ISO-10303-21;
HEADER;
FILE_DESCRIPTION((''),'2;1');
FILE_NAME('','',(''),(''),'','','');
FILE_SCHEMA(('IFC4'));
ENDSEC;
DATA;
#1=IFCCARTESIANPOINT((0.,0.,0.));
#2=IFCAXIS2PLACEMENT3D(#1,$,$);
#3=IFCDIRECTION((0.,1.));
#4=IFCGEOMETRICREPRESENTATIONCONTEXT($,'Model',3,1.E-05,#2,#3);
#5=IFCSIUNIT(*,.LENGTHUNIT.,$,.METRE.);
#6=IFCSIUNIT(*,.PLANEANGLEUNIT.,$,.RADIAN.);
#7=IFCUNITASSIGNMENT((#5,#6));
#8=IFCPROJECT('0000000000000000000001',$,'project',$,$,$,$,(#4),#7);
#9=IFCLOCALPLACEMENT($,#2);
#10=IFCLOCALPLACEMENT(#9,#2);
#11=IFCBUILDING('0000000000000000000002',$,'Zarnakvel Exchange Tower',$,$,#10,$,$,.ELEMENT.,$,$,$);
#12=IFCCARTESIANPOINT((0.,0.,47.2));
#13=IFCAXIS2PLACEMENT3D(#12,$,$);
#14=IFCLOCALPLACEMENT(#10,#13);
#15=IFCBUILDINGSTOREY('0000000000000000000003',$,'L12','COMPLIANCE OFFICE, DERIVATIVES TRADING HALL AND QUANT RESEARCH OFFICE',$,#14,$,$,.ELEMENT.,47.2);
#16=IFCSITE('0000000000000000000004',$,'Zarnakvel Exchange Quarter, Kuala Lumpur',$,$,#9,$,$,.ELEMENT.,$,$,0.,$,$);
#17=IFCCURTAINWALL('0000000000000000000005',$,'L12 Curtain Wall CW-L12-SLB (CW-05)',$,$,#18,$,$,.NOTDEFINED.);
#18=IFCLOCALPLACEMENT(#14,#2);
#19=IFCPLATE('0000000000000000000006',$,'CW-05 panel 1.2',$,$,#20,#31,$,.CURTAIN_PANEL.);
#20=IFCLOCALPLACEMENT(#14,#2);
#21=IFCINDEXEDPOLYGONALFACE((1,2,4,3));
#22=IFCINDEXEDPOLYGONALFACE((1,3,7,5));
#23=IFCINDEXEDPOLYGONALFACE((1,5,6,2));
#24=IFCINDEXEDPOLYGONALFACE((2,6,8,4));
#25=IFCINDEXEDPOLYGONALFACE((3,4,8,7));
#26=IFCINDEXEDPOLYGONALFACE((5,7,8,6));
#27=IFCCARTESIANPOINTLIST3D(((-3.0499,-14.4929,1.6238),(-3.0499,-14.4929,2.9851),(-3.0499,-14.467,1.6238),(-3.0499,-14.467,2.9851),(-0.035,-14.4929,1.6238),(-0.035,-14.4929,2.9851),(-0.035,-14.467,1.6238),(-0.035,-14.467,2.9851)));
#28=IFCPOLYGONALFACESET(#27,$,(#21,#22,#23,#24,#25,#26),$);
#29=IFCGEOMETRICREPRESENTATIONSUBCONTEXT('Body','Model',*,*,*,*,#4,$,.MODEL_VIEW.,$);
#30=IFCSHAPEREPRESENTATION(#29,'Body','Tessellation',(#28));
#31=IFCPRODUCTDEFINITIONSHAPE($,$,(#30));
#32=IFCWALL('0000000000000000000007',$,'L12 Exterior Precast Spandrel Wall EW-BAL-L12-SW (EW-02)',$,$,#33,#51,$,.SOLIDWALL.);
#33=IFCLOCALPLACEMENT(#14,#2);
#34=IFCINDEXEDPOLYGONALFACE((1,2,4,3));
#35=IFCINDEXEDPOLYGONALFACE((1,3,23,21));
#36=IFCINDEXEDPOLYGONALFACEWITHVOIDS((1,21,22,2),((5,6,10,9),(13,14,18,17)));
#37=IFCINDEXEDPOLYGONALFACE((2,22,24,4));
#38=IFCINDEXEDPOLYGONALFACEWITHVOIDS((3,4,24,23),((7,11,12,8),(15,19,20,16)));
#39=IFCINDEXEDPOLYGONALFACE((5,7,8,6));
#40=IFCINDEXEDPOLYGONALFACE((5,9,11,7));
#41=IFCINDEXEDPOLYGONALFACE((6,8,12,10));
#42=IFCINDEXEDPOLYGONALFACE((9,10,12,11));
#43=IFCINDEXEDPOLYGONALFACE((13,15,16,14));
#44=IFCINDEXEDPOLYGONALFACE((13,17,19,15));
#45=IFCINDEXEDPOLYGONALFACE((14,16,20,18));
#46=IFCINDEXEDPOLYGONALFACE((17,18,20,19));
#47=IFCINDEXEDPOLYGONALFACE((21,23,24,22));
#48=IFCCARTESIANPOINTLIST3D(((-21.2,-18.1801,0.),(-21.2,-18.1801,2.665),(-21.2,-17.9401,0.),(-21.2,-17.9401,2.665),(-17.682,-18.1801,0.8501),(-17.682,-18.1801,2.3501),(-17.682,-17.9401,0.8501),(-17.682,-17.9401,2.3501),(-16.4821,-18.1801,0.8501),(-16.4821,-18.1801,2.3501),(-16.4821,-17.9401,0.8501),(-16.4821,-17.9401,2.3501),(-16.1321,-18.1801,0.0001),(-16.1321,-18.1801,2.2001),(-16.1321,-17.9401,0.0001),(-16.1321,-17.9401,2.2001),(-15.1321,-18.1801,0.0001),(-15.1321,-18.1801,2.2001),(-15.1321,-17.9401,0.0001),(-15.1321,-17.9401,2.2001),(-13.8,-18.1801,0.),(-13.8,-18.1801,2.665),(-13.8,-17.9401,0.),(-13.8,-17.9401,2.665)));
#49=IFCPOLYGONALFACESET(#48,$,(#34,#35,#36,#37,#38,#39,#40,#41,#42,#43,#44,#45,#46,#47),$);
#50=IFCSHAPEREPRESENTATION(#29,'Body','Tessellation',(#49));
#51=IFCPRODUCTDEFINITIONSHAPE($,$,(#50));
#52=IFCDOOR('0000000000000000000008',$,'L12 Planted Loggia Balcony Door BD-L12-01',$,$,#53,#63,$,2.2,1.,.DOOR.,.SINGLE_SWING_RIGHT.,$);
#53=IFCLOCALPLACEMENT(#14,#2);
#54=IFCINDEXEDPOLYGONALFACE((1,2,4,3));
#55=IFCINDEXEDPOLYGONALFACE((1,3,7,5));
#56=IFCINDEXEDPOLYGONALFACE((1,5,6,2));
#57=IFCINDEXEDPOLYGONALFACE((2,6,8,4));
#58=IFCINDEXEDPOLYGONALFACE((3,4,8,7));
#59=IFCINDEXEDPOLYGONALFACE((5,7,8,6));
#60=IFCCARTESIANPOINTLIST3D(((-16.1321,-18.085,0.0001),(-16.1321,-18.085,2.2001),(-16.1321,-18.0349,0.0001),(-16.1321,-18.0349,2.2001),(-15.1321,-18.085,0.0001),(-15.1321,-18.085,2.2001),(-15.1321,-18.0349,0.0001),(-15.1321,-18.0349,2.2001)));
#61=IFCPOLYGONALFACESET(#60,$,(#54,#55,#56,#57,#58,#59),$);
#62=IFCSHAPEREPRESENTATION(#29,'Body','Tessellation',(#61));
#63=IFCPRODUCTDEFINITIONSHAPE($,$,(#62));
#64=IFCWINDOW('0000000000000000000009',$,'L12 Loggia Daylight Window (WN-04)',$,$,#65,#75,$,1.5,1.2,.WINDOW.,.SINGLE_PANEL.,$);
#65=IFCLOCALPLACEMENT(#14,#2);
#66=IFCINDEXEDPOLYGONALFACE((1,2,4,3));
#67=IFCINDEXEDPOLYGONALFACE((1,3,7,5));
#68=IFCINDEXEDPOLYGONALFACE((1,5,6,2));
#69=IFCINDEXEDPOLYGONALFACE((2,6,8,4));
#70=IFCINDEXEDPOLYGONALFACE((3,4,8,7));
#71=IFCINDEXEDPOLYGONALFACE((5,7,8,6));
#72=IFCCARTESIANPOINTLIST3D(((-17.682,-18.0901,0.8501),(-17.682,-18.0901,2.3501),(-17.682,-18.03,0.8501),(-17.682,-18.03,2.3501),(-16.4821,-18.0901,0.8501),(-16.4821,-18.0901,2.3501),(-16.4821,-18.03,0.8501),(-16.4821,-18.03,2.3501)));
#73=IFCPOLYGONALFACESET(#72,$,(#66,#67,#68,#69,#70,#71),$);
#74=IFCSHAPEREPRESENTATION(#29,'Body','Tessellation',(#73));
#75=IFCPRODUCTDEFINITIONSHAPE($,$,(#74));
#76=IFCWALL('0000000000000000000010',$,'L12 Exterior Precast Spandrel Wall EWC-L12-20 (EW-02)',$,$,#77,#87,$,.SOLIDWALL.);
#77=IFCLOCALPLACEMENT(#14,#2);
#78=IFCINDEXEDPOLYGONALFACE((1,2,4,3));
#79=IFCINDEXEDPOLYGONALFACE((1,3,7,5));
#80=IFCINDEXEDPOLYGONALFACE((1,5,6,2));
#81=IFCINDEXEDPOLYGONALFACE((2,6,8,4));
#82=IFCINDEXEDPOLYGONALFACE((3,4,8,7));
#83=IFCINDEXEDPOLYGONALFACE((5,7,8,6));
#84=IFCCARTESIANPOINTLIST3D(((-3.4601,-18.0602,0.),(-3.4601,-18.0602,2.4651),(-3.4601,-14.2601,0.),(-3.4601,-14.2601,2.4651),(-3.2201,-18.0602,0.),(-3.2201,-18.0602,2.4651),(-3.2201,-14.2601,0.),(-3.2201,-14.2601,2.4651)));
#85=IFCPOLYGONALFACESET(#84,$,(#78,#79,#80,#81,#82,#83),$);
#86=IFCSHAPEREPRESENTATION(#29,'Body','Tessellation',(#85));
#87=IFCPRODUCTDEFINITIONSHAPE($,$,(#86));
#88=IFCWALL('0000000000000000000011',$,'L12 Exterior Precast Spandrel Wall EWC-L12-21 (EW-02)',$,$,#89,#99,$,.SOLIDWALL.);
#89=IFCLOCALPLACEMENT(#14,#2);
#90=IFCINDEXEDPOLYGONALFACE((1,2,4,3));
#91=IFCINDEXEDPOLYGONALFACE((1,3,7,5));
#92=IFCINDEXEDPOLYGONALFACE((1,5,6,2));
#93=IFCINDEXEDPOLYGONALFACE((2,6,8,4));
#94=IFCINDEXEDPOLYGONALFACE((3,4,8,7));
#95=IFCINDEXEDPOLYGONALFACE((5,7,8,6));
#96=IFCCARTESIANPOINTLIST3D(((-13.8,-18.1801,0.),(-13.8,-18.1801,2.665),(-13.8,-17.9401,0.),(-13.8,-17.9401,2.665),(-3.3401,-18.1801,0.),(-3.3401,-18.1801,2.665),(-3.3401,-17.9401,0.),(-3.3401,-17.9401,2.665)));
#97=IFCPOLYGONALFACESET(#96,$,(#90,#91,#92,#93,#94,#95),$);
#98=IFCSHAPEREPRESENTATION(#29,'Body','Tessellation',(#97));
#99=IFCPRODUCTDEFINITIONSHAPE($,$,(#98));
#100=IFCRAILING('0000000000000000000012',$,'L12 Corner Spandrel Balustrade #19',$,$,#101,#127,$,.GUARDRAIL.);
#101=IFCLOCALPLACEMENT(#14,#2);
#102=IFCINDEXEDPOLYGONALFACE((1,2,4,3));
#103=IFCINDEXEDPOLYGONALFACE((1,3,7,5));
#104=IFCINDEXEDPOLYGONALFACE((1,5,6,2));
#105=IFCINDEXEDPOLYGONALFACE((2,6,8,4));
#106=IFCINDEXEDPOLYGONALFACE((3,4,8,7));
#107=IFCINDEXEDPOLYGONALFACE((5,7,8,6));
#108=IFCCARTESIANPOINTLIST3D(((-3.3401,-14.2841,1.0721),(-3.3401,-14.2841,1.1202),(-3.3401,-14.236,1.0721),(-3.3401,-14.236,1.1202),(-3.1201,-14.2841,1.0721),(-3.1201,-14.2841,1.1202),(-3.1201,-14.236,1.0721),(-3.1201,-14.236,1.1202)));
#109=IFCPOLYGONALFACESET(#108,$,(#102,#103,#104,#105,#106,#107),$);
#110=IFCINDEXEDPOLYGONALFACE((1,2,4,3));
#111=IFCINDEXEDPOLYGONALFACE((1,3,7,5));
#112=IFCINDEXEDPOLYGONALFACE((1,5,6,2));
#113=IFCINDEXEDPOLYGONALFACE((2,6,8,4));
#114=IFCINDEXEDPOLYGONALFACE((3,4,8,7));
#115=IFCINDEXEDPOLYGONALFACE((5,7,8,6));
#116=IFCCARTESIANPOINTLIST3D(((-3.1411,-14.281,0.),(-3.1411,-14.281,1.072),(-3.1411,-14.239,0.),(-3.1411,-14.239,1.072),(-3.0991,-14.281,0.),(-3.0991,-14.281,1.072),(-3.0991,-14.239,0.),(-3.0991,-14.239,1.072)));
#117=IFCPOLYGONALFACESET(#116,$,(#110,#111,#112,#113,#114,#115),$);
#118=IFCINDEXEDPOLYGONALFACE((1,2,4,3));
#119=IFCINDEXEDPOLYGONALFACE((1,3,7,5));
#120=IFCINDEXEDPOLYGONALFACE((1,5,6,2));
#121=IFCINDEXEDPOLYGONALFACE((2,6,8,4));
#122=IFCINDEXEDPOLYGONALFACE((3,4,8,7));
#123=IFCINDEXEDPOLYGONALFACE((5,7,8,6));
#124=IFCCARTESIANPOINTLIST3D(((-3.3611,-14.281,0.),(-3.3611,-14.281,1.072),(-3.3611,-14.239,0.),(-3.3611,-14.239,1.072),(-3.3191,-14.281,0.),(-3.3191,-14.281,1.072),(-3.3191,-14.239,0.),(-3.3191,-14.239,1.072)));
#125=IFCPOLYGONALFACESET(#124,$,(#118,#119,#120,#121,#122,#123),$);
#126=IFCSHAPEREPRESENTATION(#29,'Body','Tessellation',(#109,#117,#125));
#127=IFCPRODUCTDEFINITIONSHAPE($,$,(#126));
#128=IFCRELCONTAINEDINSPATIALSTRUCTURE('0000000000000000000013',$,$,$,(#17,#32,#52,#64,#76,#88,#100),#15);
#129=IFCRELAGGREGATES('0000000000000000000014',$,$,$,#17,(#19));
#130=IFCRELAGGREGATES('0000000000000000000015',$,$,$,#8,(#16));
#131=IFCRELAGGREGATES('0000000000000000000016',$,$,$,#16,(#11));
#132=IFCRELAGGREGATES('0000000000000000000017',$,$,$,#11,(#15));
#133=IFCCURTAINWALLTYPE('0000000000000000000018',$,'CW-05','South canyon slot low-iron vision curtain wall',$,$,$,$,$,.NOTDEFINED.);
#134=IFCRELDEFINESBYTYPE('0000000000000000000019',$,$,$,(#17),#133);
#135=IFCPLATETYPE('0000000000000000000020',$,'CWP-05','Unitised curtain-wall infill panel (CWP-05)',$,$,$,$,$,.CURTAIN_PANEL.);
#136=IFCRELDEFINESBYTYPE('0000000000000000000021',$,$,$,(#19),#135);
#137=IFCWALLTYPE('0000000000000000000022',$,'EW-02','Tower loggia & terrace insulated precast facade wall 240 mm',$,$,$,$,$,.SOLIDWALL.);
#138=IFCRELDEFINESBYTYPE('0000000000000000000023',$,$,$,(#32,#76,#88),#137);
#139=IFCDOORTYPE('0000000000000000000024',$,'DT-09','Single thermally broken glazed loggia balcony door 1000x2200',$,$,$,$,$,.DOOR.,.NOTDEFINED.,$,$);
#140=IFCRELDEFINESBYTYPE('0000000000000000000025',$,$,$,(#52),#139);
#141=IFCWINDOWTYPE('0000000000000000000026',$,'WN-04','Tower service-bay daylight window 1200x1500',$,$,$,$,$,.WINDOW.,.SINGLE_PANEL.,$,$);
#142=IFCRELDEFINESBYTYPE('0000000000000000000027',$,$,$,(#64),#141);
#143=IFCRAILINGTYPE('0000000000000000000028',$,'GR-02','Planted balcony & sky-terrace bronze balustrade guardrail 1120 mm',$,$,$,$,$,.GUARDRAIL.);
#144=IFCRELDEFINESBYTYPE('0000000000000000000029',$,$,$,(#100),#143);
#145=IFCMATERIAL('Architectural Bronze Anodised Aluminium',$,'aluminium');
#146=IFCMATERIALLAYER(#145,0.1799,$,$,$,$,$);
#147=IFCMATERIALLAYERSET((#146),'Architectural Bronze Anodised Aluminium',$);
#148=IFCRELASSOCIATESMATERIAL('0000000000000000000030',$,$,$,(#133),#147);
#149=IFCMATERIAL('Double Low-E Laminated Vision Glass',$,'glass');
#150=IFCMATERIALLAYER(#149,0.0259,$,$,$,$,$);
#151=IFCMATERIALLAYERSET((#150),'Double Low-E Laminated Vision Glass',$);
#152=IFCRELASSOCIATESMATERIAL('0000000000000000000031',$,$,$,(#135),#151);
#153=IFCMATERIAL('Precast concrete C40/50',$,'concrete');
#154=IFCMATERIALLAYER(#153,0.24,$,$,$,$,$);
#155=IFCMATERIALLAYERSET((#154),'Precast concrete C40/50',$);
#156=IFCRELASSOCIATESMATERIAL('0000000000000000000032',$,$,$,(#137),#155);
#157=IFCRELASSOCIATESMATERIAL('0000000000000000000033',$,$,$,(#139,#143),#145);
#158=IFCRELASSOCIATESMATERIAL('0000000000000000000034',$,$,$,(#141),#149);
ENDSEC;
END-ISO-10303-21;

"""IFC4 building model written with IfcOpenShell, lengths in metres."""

from ifc_helpers import new_model, si_unit, direction, frame, frame_2d, origin, origin_2d, place, context, subcontext, project, spatial, rectangle, extrude, source, transform, mapped, material, layer, layer_set, type_object, element, fill, aggregate, save


model = new_model("IFC4")

# Units and contexts
model_context = context("Model", 3, precision=1e-05, world=origin(), true_north=direction((0.0, 1.0)))
body_context = subcontext(model_context, "Body", "Model", "MODEL_VIEW")
ifc_project = project(units=[si_unit("LENGTHUNIT", "METRE"), si_unit("PLANEANGLEUNIT", "RADIAN")], contexts=[model_context])

# Site, building, storey
site_placement = place(None, origin())
site = spatial("IfcSite", under=ifc_project, at=site_placement, Name="Zarnakvel Exchange Quarter, Kuala Lumpur", CompositionType="ELEMENT", RefElevation=0.0)
building_placement = place(site_placement, origin())
building = spatial("IfcBuilding", under=site, at=building_placement, Name="Zarnakvel Exchange Tower", CompositionType="ELEMENT")
storey_placement = place(building_placement, frame((0.0, 0.0, 47.2)))
storey = spatial("IfcBuildingStorey", under=building, at=storey_placement, Name="L12", Description="COMPLIANCE OFFICE, DERIVATIVES TRADING HALL AND QUANT RESEARCH OFFICE", CompositionType="ELEMENT", Elevation=47.2)

# Curtain wall
ifc_material_1 = material(Name="Architectural Bronze Anodised Aluminium", Category="aluminium")
ifc_layer_1 = layer(ifc_material_1, 0.1799)
ifc_layer_set_1 = layer_set([ifc_layer_1], Name="Architectural Bronze Anodised Aluminium")
curtain_wall_type = type_object("IfcCurtainWallType", Name="CW-05", Description="South canyon slot low-iron vision curtain wall", PredefinedType="NOTDEFINED", material=ifc_layer_set_1)
curtain_wall_1_placement = place(storey_placement, origin())
curtain_wall_1 = element("IfcCurtainWall", 1, at=curtain_wall_1_placement, inside=storey, type_object=curtain_wall_type, Name="L12 Curtain Wall CW-L12-SLB (CW-05)", PredefinedType="NOTDEFINED")

# Plate
ifc_material_2 = material(Name="Double Low-E Laminated Vision Glass", Category="glass")
ifc_layer_2 = layer(ifc_material_2, 0.0259)
ifc_layer_set_2 = layer_set([ifc_layer_2], Name="Double Low-E Laminated Vision Glass")
plate_type = type_object("IfcPlateType", Name="CWP-05", Description="Unitised curtain-wall infill panel (CWP-05)", PredefinedType="CURTAIN_PANEL", material=ifc_layer_set_2)
shared_shape_1 = source(origin(), body_context, "Body", "SweptSolid", [
    extrude(rectangle(XDim=3.0149, YDim=0.0259, at=origin_2d()), origin(), (0.0, 0.0, 1.0), 1.3613),
])
plate_1_placement = place(storey_placement, frame((-1.5425, -14.48, 1.6238), z_axis=(0.0, 0.0, 1.0), x_axis=(1.0, 0.0, 0.0)))
plate_1 = element("IfcPlate", 2, at=plate_1_placement, type_object=plate_type, Name="CW-05 panel 1.2", PredefinedType="CURTAIN_PANEL", context=body_context, shape_type="MappedRepresentation", body=[
    mapped(shared_shape_1, transform((0.0, 0.0, 0.0), x_axis=(1.0, 0.0, 0.0), y_axis=(0.0, 1.0, 0.0), z_axis=(0.0, 0.0, 1.0), scale=1.0)),
])
aggregate(curtain_wall_1, [plate_1])

# Wall, openings, door, window
ifc_material_3 = material(Name="Precast concrete C40/50", Category="concrete")
ifc_layer_3 = layer(ifc_material_3, 0.24)
ifc_layer_set_3 = layer_set([ifc_layer_3], Name="Precast concrete C40/50")
wall_type = type_object("IfcWallType", Name="EW-02", Description="Tower loggia & terrace insulated precast facade wall 240 mm", PredefinedType="SOLIDWALL", material=ifc_layer_set_3)
wall_1_placement = place(storey_placement, frame((-13.8, -18.0601, 0.0), z_axis=(0.0, 0.0, 1.0), x_axis=(-1.0, 0.0, 0.0)))
wall_1 = element("IfcWall", 3, at=wall_1_placement, inside=storey, type_object=wall_type, Name="L12 Exterior Precast Spandrel Wall EW-BAL-L12-SW (EW-02)", PredefinedType="SOLIDWALL", context=body_context, shape_type="SweptSolid", body=[
    extrude(rectangle(XDim=7.3999, YDim=0.24, at=frame_2d((3.7, 0.0))), origin(), (0.0, 0.0, 1.0), 2.665),
])
opening_1_placement = place(wall_1_placement, frame((1.332, 0.0, 0.0)))
opening_1 = element("IfcOpeningElement", 4, at=opening_1_placement, cuts=wall_1, PredefinedType="OPENING", context=body_context, shape_type="SweptSolid", body=[
    extrude(rectangle(XDim=1.0, YDim=2.2, at=frame_2d((0.5, 1.1001))), frame((0.0, 0.1299, 0.0), z_axis=(0.0, -1.0, 0.0), x_axis=(1.0, 0.0, 0.0)), (0.0, 0.0, 1.0), 0.26),
])
opening_2_placement = place(wall_1_placement, frame((2.6819, 0.0, 0.8501)))
opening_2 = element("IfcOpeningElement", 5, at=opening_2_placement, cuts=wall_1, PredefinedType="OPENING", context=body_context, shape_type="SweptSolid", body=[
    extrude(rectangle(XDim=1.2, YDim=1.5, at=frame_2d((0.6001, 0.75))), frame((0.0, 0.1299, 0.0), z_axis=(0.0, -1.0, 0.0), x_axis=(1.0, 0.0, 0.0)), (0.0, 0.0, 1.0), 0.26),
])
door_type = type_object("IfcDoorType", Name="DT-09", Description="Single thermally broken glazed loggia balcony door 1000x2200", OperationType="NOTDEFINED", PredefinedType="DOOR", material=ifc_material_1)
shared_shape_2 = source(origin(), body_context, "Body", "SweptSolid", [
    extrude(rectangle(XDim=1.0, YDim=2.2, at=frame_2d((0.5, 1.1001))), frame((0.0, 0.0249, 0.0), z_axis=(0.0, -1.0, 0.0), x_axis=(1.0, 0.0, 0.0)), (0.0, 0.0, 1.0), 0.05),
])
door_placement = place(opening_1_placement, origin())
door = element("IfcDoor", 6, at=door_placement, inside=storey, type_object=door_type, Name="L12 Planted Loggia Balcony Door BD-L12-01", OperationType="SINGLE_SWING_RIGHT", OverallHeight=2.2, OverallWidth=1.0, PredefinedType="DOOR", context=body_context, shape_type="MappedRepresentation", body=[
    mapped(shared_shape_2, transform((0.0, 0.0, 0.0), x_axis=(1.0, 0.0, 0.0), y_axis=(0.0, 1.0, 0.0), z_axis=(0.0, 0.0, 1.0), scale=1.0)),
])
fill(opening_1, door)
window_type = type_object("IfcWindowType", Name="WN-04", Description="Tower service-bay daylight window 1200x1500", PartitioningType="SINGLE_PANEL", PredefinedType="WINDOW", material=ifc_material_2)
shared_shape_3 = source(origin(), body_context, "Body", "SweptSolid", [
    extrude(rectangle(XDim=1.2, YDim=1.5, at=frame_2d((0.6001, 0.75))), frame((0.0, 0.03, 0.0), z_axis=(0.0, -1.0, 0.0), x_axis=(1.0, 0.0, 0.0)), (0.0, 0.0, 1.0), 0.0601),
])
window_placement = place(opening_2_placement, origin())
window = element("IfcWindow", 7, at=window_placement, inside=storey, type_object=window_type, Name="L12 Loggia Daylight Window (WN-04)", OverallHeight=1.5, OverallWidth=1.2, PartitioningType="SINGLE_PANEL", PredefinedType="WINDOW", context=body_context, shape_type="MappedRepresentation", body=[
    mapped(shared_shape_3, transform((0.0, 0.0, 0.0), x_axis=(1.0, 0.0, 0.0), y_axis=(0.0, 1.0, 0.0), z_axis=(0.0, 0.0, 1.0), scale=1.0)),
])
fill(opening_2, window)

# Walls
wall_2_placement = place(storey_placement, frame((-3.3401, -18.0601, 0.0), z_axis=(0.0, 0.0, 1.0), x_axis=(0.0, 1.0, 0.0)))
element("IfcWall", 8, at=wall_2_placement, inside=storey, type_object=wall_type, Name="L12 Exterior Precast Spandrel Wall EWC-L12-20 (EW-02)", PredefinedType="SOLIDWALL", context=body_context, shape_type="SweptSolid", body=[
    extrude(rectangle(XDim=3.8, YDim=0.24, at=frame_2d((1.8999, 0.0))), origin(), (0.0, 0.0, 1.0), 2.4651),
])
wall_3_placement = place(storey_placement, frame((-13.8, -18.0601, 0.0), z_axis=(0.0, 0.0, 1.0), x_axis=(1.0, 0.0, 0.0)))
element("IfcWall", 9, at=wall_3_placement, inside=storey, type_object=wall_type, Name="L12 Exterior Precast Spandrel Wall EWC-L12-21 (EW-02)", PredefinedType="SOLIDWALL", context=body_context, shape_type="SweptSolid", body=[
    extrude(rectangle(XDim=10.46, YDim=0.24, at=frame_2d((5.23, 0.0))), origin(), (0.0, 0.0, 1.0), 2.665),
])

# Railing
railing_type_1 = type_object("IfcRailingType", Name="GR-02", Description="Planted balcony & sky-terrace bronze balustrade guardrail 1120 mm", PredefinedType="GUARDRAIL", material=ifc_material_1)
railing_1_placement = place(storey_placement, frame((-3.1201, -14.26, 0.0)))
element("IfcRailing", 10, at=railing_1_placement, inside=storey, type_object=railing_type_1, Name="L12 Corner Spandrel Balustrade #19", PredefinedType="GUARDRAIL", context=body_context, shape_type="SweptSolid", body=[
    extrude(rectangle(XDim=0.0481, YDim=0.0481, at=origin_2d()), frame((0.0, 0.0, 1.0962), z_axis=(-1.0, 0.0, 0.0), x_axis=(0.0, -1.0, 0.0)), (0.0, 0.0, 1.0), 0.22),
    extrude(rectangle(XDim=0.042, YDim=0.042, at=origin_2d()), origin(), (0.0, 0.0, 1.0), 1.072),
    extrude(rectangle(XDim=0.042, YDim=0.042, at=origin_2d()), frame((-0.22, 0.0, 0.0)), (0.0, 0.0, 1.0), 1.072),
])

save(model, "model.ifc")
